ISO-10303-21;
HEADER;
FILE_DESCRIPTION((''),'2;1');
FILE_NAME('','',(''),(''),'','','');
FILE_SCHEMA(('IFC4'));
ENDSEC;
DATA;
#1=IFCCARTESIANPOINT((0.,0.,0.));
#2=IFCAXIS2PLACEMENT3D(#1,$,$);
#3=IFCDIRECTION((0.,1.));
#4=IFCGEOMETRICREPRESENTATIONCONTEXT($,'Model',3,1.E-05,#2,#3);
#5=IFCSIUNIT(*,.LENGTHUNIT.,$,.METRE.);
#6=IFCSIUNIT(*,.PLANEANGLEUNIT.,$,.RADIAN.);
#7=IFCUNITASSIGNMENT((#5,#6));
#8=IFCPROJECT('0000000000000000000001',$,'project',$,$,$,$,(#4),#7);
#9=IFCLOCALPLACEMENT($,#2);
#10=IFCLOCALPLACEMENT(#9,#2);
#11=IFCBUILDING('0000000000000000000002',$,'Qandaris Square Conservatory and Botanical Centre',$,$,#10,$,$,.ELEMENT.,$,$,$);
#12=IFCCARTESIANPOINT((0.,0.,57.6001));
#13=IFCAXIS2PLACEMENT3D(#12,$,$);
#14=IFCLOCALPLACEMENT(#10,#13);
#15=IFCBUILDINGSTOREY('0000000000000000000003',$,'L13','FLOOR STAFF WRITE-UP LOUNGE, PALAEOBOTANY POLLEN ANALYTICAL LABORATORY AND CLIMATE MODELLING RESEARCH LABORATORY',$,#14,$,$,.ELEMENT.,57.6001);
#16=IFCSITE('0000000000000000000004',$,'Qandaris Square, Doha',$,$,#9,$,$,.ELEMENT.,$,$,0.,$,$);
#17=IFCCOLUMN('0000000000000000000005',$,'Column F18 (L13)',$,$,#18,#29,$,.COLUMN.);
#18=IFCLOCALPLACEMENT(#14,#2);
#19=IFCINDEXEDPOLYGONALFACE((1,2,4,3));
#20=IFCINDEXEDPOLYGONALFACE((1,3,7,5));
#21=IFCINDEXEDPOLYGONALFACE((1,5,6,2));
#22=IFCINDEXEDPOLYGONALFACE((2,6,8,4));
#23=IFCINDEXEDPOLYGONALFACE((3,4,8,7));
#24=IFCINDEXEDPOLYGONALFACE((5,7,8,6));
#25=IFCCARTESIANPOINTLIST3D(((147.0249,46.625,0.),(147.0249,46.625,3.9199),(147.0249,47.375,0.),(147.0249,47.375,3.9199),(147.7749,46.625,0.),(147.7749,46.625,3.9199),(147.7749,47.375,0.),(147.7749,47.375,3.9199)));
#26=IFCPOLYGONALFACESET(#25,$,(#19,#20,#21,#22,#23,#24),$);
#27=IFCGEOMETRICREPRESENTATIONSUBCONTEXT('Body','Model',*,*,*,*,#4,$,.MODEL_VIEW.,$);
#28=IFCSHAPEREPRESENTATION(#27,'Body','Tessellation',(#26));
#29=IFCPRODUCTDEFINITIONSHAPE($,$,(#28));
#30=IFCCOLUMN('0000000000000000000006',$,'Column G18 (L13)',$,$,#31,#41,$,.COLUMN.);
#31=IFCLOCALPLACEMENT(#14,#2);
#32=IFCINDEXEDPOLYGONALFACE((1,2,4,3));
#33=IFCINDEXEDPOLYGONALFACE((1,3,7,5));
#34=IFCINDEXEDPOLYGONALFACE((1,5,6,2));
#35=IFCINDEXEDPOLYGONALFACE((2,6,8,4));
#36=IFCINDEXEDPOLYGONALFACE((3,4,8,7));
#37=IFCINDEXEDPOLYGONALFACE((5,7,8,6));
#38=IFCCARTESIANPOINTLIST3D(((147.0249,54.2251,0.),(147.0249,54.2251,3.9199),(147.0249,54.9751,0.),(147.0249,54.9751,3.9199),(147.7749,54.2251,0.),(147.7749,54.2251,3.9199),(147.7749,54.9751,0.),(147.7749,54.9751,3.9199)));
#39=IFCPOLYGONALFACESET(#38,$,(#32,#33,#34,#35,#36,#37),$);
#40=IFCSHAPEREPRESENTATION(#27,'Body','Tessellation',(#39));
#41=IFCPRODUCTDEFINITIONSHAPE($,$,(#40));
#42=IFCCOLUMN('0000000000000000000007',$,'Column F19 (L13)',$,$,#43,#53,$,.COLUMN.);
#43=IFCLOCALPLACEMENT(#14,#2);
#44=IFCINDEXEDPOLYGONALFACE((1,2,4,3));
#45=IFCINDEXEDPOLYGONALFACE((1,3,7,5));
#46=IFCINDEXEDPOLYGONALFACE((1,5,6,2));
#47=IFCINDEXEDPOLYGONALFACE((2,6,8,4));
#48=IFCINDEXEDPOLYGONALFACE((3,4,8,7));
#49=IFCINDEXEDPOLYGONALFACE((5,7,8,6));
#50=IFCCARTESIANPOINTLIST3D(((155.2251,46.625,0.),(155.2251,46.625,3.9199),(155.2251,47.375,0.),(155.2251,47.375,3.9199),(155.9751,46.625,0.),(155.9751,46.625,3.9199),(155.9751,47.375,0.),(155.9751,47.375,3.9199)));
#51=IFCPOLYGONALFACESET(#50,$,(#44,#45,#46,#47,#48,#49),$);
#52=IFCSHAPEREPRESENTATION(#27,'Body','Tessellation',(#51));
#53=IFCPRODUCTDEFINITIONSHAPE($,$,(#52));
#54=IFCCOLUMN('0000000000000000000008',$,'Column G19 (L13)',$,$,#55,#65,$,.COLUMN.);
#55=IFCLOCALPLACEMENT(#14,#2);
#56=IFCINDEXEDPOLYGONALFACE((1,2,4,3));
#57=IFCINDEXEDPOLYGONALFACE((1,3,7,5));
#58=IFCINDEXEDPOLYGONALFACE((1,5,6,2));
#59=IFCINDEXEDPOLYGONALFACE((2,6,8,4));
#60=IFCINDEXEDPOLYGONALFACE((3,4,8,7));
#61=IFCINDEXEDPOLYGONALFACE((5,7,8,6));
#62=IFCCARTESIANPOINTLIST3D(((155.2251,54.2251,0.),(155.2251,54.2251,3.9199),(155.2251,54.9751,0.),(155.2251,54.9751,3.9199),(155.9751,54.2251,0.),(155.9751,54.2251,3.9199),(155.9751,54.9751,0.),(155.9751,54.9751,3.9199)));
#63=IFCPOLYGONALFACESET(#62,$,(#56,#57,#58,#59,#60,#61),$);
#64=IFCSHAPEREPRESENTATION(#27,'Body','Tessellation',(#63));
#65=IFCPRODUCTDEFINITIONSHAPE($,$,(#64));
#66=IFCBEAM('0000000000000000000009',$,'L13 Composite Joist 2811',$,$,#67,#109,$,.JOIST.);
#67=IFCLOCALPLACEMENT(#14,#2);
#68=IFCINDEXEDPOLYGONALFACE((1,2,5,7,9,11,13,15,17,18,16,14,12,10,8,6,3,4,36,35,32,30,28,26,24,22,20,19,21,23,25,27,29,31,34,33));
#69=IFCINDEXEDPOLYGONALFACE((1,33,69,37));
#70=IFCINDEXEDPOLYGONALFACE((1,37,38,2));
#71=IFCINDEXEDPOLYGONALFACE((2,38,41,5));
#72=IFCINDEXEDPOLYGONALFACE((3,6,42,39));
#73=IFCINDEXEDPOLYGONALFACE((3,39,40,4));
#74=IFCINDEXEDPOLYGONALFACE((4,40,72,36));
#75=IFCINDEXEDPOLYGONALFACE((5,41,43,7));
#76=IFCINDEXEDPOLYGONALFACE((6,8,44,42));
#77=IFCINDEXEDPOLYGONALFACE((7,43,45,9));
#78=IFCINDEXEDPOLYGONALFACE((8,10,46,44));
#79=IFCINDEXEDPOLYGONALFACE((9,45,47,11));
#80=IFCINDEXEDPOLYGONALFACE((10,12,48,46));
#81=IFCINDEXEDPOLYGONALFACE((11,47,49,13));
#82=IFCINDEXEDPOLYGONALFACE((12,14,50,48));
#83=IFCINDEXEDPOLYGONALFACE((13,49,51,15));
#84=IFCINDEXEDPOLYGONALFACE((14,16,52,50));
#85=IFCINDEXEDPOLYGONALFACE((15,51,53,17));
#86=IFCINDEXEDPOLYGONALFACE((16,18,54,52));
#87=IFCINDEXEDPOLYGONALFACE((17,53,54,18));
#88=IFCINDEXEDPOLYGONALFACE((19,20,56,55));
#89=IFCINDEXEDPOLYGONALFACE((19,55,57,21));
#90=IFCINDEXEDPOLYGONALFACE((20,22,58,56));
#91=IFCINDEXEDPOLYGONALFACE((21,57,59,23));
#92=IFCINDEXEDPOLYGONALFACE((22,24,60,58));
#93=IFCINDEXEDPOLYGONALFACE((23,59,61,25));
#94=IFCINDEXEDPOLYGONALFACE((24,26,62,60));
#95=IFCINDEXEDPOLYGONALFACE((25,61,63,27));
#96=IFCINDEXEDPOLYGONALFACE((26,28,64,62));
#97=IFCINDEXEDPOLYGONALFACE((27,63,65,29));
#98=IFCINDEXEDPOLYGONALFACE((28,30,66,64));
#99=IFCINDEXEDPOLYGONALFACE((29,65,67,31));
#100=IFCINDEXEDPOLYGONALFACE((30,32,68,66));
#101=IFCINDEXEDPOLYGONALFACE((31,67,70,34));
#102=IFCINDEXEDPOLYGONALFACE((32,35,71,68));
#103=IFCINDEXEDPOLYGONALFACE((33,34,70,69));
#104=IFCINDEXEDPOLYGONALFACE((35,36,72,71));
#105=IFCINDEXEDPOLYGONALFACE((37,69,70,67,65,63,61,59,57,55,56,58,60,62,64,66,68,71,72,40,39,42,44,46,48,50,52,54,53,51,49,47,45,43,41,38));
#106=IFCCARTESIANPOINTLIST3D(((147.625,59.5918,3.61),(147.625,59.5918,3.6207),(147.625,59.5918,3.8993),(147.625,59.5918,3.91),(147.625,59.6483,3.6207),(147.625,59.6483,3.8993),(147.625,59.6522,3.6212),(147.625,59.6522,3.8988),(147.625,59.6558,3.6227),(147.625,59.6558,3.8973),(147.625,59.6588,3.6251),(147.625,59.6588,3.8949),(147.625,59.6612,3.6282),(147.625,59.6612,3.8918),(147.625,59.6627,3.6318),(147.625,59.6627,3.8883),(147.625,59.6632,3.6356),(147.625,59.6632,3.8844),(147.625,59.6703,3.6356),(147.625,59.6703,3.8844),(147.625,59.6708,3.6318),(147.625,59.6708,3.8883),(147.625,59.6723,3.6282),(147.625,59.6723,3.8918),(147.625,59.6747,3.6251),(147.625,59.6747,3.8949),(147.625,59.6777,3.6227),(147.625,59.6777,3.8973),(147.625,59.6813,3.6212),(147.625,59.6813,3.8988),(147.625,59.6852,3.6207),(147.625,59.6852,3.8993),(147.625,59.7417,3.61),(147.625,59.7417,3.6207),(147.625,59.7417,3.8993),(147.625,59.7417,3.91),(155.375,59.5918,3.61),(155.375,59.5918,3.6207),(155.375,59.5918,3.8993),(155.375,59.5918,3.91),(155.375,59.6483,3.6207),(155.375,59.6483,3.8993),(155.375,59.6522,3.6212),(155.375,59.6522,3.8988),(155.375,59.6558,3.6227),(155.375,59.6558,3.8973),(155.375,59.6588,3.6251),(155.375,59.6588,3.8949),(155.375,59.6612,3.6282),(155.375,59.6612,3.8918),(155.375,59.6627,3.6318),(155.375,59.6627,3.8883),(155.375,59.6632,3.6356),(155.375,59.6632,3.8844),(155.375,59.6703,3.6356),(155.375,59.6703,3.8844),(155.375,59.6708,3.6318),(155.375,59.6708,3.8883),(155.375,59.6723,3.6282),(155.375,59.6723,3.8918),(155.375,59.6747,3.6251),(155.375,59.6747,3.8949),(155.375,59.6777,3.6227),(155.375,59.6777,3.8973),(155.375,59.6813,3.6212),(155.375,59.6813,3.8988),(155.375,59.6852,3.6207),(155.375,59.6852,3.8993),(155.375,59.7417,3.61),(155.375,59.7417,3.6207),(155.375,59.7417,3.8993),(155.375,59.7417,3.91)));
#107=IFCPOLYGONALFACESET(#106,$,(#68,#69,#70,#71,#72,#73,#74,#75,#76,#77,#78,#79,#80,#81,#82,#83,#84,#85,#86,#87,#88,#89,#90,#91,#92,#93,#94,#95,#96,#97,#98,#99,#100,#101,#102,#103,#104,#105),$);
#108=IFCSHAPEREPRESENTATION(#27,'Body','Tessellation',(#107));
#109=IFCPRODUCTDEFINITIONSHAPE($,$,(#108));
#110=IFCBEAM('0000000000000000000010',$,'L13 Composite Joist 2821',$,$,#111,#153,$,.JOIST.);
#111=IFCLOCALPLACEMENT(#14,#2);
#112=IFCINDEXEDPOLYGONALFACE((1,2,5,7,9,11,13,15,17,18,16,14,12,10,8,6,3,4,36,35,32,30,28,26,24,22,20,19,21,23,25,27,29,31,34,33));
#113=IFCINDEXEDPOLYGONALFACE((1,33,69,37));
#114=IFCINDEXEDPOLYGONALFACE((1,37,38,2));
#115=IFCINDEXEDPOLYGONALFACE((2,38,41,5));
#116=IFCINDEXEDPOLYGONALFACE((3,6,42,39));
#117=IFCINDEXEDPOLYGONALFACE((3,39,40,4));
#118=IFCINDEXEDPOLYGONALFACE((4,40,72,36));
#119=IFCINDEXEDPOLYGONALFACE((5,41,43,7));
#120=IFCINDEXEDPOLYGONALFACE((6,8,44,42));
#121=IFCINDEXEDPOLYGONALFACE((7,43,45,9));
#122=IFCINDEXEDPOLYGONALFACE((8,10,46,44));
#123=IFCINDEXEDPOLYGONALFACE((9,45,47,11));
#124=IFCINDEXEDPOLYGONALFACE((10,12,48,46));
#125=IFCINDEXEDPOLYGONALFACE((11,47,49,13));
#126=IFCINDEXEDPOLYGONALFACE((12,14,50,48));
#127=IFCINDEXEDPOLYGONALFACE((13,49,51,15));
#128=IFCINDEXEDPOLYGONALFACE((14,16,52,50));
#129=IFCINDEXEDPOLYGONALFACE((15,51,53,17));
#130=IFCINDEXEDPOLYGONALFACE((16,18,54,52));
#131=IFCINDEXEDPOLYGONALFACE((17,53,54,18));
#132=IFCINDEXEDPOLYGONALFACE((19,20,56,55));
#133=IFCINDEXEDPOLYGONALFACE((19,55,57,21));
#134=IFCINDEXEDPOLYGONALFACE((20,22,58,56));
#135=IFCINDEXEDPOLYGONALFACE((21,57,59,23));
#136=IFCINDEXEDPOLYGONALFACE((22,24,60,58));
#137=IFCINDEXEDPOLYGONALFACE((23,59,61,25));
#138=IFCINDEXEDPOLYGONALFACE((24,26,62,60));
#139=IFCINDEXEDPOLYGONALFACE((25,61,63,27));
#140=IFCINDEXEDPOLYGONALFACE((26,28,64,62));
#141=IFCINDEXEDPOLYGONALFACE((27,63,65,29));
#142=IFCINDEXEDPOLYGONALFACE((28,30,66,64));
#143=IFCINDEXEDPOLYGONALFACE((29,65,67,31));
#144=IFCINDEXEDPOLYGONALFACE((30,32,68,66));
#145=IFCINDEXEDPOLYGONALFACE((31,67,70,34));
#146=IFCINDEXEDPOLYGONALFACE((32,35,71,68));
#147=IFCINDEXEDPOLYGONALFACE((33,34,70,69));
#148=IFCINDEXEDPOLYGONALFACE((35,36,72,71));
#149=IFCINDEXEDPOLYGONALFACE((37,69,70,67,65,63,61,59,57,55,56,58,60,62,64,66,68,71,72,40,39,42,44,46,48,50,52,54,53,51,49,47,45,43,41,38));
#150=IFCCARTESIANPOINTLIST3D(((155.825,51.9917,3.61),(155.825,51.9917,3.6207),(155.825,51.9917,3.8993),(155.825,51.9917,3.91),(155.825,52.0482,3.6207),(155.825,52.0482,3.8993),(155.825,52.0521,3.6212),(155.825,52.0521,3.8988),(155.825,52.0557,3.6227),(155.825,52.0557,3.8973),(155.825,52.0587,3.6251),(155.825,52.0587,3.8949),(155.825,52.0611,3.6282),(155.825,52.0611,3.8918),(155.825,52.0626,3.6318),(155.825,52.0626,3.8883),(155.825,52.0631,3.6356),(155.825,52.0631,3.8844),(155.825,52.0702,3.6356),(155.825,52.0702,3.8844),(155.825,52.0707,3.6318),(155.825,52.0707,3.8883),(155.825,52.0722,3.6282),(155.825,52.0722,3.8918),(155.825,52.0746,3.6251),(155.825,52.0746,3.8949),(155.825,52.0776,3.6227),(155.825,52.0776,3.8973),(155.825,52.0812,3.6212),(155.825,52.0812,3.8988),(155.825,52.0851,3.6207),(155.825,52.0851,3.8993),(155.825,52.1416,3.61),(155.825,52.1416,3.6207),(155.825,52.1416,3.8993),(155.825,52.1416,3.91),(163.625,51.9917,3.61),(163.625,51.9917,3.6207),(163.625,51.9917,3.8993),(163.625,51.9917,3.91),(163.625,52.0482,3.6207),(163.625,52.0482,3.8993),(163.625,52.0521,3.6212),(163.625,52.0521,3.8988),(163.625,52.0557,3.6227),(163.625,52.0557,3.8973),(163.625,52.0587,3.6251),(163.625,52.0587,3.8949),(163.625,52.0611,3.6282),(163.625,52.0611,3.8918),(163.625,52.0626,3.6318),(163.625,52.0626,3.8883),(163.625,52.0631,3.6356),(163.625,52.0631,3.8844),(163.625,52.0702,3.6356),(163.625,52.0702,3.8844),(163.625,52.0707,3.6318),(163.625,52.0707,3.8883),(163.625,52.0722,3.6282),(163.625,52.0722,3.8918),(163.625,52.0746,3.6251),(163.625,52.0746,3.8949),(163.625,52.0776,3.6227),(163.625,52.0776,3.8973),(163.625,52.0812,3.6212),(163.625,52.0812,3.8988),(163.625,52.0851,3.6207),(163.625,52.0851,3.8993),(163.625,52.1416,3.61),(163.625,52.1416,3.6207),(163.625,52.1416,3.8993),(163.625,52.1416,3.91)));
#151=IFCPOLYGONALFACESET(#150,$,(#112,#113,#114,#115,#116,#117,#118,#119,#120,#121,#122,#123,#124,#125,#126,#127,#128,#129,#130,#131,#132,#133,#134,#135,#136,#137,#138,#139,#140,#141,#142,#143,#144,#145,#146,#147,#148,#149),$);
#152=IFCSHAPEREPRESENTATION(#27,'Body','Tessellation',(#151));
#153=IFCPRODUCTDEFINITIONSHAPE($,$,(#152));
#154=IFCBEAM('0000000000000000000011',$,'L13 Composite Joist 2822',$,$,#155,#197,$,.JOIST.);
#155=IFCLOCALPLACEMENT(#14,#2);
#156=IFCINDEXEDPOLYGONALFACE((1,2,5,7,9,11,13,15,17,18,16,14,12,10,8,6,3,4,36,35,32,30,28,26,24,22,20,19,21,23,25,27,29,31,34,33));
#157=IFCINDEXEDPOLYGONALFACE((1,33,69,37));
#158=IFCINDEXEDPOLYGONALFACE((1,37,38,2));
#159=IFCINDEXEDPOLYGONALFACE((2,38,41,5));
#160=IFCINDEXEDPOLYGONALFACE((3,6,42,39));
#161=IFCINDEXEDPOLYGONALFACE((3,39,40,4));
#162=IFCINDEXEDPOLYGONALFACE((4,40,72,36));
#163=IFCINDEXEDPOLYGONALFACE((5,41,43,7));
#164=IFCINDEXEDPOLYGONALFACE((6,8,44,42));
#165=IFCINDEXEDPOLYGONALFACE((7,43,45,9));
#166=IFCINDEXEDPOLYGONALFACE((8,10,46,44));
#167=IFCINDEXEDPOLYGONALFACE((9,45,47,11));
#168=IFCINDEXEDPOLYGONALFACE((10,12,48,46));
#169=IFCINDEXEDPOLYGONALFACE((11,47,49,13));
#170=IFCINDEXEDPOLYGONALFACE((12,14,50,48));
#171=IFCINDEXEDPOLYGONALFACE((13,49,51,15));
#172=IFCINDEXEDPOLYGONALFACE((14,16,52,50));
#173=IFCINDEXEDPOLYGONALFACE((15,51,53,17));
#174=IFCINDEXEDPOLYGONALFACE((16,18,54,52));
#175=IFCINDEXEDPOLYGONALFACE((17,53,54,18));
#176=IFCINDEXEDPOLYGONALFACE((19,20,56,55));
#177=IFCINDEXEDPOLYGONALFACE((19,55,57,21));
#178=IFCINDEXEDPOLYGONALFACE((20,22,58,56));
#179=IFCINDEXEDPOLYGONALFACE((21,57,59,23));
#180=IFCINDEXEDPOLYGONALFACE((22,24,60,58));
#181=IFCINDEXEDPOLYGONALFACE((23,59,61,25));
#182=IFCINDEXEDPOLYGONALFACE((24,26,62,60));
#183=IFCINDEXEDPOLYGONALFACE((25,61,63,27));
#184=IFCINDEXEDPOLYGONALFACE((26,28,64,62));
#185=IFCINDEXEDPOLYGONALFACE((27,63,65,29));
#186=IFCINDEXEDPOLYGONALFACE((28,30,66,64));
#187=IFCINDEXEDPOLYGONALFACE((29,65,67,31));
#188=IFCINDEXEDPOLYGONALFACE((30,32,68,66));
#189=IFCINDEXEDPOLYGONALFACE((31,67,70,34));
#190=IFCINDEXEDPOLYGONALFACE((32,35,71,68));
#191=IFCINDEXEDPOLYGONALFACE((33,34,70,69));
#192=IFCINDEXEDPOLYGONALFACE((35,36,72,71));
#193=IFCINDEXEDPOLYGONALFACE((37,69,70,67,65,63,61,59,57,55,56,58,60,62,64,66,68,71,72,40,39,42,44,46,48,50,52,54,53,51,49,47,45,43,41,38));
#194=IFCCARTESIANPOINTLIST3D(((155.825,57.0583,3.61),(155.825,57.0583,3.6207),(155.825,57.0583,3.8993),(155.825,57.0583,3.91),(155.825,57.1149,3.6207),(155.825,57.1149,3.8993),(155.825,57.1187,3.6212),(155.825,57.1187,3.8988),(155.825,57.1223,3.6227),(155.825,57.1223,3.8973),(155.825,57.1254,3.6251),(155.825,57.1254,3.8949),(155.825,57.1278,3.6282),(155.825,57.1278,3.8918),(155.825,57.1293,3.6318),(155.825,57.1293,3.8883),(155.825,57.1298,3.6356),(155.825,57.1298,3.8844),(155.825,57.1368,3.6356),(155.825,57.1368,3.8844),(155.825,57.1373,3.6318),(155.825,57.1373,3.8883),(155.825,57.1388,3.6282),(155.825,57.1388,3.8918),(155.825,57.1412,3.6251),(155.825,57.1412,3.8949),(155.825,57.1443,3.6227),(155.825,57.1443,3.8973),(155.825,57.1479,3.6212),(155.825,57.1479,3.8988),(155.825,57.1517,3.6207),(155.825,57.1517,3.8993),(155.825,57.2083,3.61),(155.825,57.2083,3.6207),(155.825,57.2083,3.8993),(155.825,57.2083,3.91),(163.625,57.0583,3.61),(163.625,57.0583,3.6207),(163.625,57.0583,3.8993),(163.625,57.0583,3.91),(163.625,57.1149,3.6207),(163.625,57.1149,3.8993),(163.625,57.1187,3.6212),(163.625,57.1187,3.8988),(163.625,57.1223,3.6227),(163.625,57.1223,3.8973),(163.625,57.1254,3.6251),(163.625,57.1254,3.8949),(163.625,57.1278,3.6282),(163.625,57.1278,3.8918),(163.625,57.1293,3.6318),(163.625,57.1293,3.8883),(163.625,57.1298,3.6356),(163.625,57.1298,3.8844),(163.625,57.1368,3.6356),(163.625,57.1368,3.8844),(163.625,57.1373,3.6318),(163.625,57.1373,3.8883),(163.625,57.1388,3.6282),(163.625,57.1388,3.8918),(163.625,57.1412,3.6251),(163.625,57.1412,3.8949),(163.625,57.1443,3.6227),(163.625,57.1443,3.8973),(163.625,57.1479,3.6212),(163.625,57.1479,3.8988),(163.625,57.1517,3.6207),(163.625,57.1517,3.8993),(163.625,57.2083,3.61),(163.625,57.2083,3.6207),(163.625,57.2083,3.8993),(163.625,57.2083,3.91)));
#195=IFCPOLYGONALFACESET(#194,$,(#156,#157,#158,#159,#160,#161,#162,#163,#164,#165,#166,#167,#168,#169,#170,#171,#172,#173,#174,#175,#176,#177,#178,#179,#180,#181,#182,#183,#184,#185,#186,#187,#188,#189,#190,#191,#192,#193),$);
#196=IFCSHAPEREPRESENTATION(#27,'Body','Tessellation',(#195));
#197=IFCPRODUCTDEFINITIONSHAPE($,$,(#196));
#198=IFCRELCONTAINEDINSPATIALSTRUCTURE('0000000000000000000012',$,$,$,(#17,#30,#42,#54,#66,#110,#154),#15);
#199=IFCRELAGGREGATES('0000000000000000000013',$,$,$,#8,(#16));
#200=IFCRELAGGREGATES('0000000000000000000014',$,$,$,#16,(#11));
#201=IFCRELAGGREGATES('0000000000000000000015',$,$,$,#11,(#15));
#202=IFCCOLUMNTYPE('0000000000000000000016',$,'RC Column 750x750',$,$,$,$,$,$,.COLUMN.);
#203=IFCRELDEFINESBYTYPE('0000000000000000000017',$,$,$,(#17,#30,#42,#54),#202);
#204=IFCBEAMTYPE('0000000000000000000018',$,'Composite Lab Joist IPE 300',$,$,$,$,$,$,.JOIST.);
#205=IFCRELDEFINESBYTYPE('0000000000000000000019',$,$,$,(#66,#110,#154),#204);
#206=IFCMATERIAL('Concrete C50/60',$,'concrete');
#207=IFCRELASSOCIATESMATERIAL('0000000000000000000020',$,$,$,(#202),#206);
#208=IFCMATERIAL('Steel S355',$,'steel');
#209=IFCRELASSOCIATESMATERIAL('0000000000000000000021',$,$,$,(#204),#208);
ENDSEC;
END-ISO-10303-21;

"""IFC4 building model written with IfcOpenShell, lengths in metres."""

from ifc_helpers import new_model, si_unit, direction, frame, origin, origin_2d, place, context, subcontext, project, spatial, rectangle, i_section, extrude, material, material_profile, profile_set, type_object, element, save


model = new_model("IFC4")

# Units and contexts
model_context = context("Model", 3, precision=1e-05, world=origin(), true_north=direction((0.0, 1.0)))
body_context = subcontext(model_context, "Body", "Model", "MODEL_VIEW")
ifc_project = project(units=[si_unit("LENGTHUNIT", "METRE"), si_unit("PLANEANGLEUNIT", "RADIAN")], contexts=[model_context])

# Site, building, storey
site_placement = place(None, origin())
site = spatial("IfcSite", under=ifc_project, at=site_placement, Name="Qandaris Square, Doha", CompositionType="ELEMENT", RefElevation=0.0)
building_placement = place(site_placement, origin())
building = spatial("IfcBuilding", under=site, at=building_placement, Name="Qandaris Square Conservatory and Botanical Centre", CompositionType="ELEMENT")
storey_placement = place(building_placement, frame((0.0, 0.0, 57.6001)))
storey = spatial("IfcBuildingStorey", under=building, at=storey_placement, Name="L13", Description="FLOOR STAFF WRITE-UP LOUNGE, PALAEOBOTANY POLLEN ANALYTICAL LABORATORY AND CLIMATE MODELLING RESEARCH LABORATORY", CompositionType="ELEMENT", Elevation=57.6001)

# Columns
ifc_material_1 = material(Name="Concrete C50/60", Category="concrete")
ifc_material_profile_1 = material_profile(ifc_material_1, rectangle(XDim=0.75, YDim=0.75, at=origin_2d()), Name="RC-COL 750x750")
ifc_profile_set_1 = profile_set([ifc_material_profile_1], Name="Concrete C50/60")
column_type = type_object("IfcColumnType", Name="RC Column 750x750", PredefinedType="COLUMN", material=ifc_profile_set_1)
for number, where, z_axis, x_axis, name in (
    (1, (147.3999, 47.0, 0.0), (0.0, 0.0, 1.0), (1.0, 0.0, 0.0), "Column F18 (L13)"),
    (2, (147.3999, 54.6001, 0.0), (0.0, 0.0, 1.0), (1.0, 0.0, 0.0), "Column G18 (L13)"),
    (3, (155.6001, 47.0, 0.0), (0.0, 0.0, 1.0), (1.0, 0.0, 0.0), "Column F19 (L13)"),
    (4, (155.6001, 54.6001, 0.0), (0.0, 0.0, 1.0), (1.0, 0.0, 0.0), "Column G19 (L13)"),
):
    element("IfcColumn", number, at=place(storey_placement, frame(where, z_axis=z_axis, x_axis=x_axis)), inside=storey, type_object=column_type, Name=name, PredefinedType="COLUMN", context=body_context, shape_type="SweptSolid", body=[
        extrude(rectangle(XDim=0.75, YDim=0.75, at=origin_2d()), origin(), (0.0, 0.0, 1.0), 3.9199),
    ])

# Beams
ifc_material_2 = material(Name="Steel S355", Category="steel")
ifc_material_profile_2 = material_profile(ifc_material_2, i_section(OverallWidth=0.1499, OverallDepth=0.3, WebThickness=0.0071, FlangeThickness=0.0107, FilletRadius=0.0149, at=origin_2d()), Name="IPE 300")
ifc_profile_set_2 = profile_set([ifc_material_profile_2], Name="Steel S355")
beam_type_1 = type_object("IfcBeamType", Name="Composite Lab Joist IPE 300", PredefinedType="JOIST", material=ifc_profile_set_2)
beam_1_placement = place(storey_placement, frame((147.625, 59.6667, 3.76), z_axis=(1.0, 0.0, 0.0), x_axis=(0.0, 1.0, 0.0)))
element("IfcBeam", 5, at=beam_1_placement, inside=storey, type_object=beam_type_1, Name="L13 Composite Joist 2811", PredefinedType="JOIST", context=body_context, shape_type="SweptSolid", body=[
    extrude(i_section(OverallWidth=0.1499, OverallDepth=0.3, WebThickness=0.0071, FlangeThickness=0.0107, FilletRadius=0.0149, at=origin_2d()), origin(), (0.0, 0.0, 1.0), 7.75),
])
for number, where, z_axis, x_axis, name in (
    (6, (155.825, 52.0667, 3.76), (1.0, 0.0, 0.0), (0.0, 1.0, 0.0), "L13 Composite Joist 2821"),
    (7, (155.825, 57.1333, 3.76), (1.0, 0.0, 0.0), (0.0, 1.0, 0.0), "L13 Composite Joist 2822"),
):
    element("IfcBeam", number, at=place(storey_placement, frame(where, z_axis=z_axis, x_axis=x_axis)), inside=storey, type_object=beam_type_1, Name=name, PredefinedType="JOIST", context=body_context, shape_type="SweptSolid", body=[
        extrude(i_section(OverallWidth=0.1499, OverallDepth=0.3, WebThickness=0.0071, FlangeThickness=0.0107, FilletRadius=0.0149, at=origin_2d()), origin(), (0.0, 0.0, 1.0), 7.8),
    ])

save(model, "model.ifc")
